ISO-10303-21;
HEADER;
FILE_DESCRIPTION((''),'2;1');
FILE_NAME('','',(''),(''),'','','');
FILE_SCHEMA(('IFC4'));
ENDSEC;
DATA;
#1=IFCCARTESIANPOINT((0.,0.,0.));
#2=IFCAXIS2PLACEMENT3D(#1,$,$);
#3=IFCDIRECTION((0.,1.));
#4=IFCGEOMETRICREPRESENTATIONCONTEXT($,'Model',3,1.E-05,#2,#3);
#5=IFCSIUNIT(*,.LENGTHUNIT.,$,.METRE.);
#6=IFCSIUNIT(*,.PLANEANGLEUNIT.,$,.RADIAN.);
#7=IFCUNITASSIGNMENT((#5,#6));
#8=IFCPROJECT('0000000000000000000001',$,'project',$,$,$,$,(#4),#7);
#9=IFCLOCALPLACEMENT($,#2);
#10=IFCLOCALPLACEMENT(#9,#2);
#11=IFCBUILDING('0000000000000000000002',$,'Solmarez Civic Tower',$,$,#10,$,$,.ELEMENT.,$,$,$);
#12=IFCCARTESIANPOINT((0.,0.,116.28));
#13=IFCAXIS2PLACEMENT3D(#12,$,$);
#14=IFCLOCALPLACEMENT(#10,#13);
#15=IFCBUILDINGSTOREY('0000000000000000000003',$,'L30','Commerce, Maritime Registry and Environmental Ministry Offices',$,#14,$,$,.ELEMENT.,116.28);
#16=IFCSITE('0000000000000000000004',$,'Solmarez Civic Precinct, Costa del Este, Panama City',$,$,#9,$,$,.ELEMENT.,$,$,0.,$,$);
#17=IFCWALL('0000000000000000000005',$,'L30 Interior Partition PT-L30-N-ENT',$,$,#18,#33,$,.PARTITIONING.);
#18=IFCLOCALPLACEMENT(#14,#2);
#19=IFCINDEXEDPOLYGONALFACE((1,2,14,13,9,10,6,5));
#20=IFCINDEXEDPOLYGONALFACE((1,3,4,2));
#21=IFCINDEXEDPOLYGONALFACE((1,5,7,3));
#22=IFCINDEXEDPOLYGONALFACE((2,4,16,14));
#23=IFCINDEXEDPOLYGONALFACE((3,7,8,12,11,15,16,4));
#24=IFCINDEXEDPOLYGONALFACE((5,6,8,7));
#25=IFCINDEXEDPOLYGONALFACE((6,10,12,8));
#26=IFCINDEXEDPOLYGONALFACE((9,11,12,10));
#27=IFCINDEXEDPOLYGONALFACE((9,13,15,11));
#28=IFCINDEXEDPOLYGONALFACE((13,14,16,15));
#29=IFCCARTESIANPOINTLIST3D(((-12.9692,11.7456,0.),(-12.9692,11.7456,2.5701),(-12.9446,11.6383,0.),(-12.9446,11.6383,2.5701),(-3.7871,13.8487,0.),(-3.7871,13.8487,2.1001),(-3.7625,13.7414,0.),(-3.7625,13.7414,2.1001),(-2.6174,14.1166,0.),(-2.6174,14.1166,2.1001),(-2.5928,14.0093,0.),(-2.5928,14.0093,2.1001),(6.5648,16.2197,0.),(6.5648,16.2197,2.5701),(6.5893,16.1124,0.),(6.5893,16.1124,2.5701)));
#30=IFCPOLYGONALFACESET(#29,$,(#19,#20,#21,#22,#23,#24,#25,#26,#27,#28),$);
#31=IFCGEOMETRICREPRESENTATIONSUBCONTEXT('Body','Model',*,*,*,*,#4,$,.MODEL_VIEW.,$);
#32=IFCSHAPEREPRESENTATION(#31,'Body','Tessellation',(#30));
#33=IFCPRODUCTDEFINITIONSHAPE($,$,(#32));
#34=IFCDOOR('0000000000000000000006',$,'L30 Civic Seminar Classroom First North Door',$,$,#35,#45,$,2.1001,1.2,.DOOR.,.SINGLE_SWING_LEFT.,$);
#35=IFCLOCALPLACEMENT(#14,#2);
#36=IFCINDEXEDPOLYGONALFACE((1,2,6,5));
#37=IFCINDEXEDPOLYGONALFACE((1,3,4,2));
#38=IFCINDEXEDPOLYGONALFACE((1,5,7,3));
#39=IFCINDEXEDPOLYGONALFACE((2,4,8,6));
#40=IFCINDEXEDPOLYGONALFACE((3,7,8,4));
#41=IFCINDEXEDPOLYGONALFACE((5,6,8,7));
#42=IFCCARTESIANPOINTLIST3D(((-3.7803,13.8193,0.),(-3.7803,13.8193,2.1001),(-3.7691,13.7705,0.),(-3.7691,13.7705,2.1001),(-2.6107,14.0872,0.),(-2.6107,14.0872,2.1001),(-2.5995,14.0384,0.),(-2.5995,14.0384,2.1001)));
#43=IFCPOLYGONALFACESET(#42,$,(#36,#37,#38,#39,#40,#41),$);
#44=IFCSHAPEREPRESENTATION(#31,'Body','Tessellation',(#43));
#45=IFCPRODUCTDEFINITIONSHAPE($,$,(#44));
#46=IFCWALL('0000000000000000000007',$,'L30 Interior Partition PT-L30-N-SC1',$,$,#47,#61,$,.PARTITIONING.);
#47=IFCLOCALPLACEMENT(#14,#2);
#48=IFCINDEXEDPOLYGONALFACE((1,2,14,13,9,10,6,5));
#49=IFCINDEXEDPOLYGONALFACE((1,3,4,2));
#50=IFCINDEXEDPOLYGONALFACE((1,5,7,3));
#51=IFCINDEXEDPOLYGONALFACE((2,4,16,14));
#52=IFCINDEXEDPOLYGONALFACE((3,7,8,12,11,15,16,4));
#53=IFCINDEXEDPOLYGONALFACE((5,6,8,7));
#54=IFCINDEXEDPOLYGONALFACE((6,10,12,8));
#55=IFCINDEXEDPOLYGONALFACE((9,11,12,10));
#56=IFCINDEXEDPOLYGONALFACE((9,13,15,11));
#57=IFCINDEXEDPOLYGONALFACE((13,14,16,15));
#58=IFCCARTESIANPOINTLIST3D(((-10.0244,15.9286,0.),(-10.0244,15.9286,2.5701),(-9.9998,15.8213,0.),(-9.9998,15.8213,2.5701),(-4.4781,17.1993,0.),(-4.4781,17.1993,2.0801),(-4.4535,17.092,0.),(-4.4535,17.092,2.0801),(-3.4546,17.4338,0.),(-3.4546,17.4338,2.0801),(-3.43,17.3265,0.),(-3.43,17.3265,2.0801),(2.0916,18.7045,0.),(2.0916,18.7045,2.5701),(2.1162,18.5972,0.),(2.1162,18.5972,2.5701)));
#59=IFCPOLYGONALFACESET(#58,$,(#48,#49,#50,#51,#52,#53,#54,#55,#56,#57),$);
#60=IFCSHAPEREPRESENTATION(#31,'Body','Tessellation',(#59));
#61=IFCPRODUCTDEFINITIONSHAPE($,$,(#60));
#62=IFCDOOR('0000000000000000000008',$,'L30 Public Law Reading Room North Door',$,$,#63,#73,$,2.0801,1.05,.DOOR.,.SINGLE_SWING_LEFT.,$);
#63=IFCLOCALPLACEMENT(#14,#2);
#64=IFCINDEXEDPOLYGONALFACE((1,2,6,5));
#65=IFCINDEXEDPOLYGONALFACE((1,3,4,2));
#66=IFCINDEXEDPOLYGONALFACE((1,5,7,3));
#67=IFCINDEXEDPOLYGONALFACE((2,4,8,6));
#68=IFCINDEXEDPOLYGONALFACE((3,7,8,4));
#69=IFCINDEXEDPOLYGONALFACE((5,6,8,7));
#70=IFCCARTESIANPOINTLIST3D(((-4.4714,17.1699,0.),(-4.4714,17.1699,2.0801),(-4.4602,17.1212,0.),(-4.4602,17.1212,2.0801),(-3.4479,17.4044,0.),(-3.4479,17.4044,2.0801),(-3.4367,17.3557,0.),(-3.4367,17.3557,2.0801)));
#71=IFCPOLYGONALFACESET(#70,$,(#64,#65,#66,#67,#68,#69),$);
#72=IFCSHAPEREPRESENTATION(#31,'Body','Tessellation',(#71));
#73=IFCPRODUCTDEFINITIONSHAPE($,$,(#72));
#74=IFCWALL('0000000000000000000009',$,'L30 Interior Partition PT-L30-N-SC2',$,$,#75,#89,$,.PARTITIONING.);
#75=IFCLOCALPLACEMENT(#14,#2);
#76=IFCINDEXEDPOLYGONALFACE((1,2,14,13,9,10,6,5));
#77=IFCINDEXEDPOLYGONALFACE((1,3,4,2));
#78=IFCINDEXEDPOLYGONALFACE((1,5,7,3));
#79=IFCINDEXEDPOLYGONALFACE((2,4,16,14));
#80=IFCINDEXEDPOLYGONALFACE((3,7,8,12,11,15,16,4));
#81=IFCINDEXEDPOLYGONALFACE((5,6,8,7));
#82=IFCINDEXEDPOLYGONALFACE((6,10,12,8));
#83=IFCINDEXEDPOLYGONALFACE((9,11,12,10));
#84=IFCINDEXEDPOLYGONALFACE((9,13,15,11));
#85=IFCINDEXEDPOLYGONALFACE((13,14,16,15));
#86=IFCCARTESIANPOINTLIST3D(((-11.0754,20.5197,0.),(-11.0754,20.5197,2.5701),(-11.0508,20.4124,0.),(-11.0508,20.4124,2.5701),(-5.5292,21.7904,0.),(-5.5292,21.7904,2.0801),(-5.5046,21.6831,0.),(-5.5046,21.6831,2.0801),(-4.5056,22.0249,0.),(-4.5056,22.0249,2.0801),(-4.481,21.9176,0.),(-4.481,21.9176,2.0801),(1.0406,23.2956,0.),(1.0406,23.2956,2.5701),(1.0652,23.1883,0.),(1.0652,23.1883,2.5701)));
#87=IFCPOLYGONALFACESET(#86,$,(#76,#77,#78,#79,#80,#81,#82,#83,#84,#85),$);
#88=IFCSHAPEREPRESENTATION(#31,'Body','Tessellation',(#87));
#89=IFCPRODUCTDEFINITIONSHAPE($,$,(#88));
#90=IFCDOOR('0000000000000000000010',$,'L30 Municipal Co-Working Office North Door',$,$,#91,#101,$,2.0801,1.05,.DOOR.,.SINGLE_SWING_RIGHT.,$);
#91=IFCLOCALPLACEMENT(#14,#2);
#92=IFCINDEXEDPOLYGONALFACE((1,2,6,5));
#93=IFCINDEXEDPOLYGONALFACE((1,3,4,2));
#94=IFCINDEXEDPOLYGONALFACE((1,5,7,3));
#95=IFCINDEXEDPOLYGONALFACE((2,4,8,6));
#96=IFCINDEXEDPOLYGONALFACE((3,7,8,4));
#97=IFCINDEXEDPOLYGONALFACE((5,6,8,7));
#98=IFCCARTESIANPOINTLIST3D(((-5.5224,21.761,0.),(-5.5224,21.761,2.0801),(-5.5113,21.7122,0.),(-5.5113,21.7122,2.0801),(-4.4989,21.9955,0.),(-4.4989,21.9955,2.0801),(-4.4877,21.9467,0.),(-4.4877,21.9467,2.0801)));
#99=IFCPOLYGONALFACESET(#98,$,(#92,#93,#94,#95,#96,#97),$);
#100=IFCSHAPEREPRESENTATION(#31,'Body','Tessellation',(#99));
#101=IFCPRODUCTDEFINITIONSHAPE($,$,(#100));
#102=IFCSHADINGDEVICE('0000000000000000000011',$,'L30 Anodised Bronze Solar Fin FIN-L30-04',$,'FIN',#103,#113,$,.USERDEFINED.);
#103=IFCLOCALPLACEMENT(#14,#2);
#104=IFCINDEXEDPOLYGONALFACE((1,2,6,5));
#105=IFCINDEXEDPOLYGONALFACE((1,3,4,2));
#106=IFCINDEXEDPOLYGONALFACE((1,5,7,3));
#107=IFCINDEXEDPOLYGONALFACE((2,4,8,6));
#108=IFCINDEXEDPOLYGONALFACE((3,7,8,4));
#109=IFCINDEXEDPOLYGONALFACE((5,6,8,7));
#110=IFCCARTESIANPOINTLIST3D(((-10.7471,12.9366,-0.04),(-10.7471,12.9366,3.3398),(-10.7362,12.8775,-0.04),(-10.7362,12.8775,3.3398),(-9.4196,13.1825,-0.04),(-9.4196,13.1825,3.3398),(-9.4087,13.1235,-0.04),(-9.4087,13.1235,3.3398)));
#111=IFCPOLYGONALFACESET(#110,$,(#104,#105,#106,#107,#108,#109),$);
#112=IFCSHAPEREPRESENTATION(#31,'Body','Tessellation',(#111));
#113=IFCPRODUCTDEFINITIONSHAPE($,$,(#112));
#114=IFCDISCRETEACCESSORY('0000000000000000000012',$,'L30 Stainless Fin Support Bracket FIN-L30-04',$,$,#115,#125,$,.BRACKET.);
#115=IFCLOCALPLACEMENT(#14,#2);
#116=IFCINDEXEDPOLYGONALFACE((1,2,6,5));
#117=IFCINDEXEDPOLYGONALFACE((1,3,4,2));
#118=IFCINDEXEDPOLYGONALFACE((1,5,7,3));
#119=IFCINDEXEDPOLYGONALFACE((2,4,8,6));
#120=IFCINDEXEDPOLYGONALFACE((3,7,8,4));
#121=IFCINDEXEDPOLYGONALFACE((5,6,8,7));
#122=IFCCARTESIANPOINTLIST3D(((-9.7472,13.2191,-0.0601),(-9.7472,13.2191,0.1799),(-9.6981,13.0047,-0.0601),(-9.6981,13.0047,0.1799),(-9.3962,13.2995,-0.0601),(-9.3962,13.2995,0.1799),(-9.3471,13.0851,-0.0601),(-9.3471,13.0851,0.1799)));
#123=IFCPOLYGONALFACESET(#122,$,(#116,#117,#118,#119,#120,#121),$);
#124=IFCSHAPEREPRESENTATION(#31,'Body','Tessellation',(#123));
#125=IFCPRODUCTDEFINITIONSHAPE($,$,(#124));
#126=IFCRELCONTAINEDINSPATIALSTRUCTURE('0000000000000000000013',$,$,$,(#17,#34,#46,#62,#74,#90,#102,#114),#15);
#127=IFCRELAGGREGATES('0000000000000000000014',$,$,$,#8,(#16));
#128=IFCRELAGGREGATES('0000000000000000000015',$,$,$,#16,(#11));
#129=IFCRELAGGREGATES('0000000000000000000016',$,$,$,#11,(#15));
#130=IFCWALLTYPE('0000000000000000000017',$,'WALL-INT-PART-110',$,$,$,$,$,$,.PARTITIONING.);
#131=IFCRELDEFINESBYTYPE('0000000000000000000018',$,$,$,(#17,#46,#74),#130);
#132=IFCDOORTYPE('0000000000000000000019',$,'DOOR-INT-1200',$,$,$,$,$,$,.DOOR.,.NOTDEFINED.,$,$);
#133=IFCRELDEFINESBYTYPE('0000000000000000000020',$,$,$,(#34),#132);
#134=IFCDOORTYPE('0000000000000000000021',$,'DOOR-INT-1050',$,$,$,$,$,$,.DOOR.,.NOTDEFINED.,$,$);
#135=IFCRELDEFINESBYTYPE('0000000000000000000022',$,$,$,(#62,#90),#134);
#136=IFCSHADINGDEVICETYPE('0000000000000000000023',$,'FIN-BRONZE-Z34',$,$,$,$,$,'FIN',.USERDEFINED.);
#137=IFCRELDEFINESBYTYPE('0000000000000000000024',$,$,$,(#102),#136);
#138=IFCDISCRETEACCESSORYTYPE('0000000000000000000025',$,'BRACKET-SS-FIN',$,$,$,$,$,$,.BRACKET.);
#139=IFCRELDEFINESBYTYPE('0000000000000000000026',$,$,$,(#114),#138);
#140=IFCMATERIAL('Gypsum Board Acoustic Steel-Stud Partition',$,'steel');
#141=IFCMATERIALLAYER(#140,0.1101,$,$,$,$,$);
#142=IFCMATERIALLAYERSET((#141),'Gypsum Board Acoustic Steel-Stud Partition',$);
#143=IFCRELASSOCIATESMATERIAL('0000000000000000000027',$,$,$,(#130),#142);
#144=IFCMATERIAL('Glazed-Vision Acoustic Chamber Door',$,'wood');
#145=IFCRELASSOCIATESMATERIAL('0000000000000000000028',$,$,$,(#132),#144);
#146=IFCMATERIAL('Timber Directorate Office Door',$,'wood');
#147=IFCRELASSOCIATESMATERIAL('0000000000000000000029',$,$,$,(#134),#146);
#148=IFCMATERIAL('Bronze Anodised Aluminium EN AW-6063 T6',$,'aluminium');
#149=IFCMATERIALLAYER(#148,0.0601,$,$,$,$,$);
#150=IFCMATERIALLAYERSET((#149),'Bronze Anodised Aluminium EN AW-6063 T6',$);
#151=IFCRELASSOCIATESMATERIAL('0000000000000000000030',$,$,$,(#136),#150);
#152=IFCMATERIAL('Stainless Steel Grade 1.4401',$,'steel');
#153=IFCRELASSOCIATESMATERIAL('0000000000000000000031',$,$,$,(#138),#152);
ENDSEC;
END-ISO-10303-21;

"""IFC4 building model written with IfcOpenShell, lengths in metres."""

from ifc_helpers import new_model, si_unit, direction, frame, frame_2d, origin, origin_2d, place, context, subcontext, project, spatial, rectangle, extrude, material, layer, layer_set, type_object, element, fill, save


model = new_model("IFC4")

# Units and contexts
model_context = context("Model", 3, precision=1e-05, world=origin(), true_north=direction((0.0, 1.0)))
body_context = subcontext(model_context, "Body", "Model", "MODEL_VIEW")
ifc_project = project(units=[si_unit("LENGTHUNIT", "METRE"), si_unit("PLANEANGLEUNIT", "RADIAN")], contexts=[model_context])

# Site, building, storey
site_placement = place(None, origin())
site = spatial("IfcSite", under=ifc_project, at=site_placement, Name="Solmarez Civic Precinct, Costa del Este, Panama City", CompositionType="ELEMENT", RefElevation=0.0)
building_placement = place(site_placement, origin())
building = spatial("IfcBuilding", under=site, at=building_placement, Name="Solmarez Civic Tower", CompositionType="ELEMENT")
storey_placement = place(building_placement, frame((0.0, 0.0, 116.28)))
storey = spatial("IfcBuildingStorey", under=building, at=storey_placement, Name="L30", Description="Commerce, Maritime Registry and Environmental Ministry Offices", CompositionType="ELEMENT", Elevation=116.28)

# Walls, openings, doors
ifc_material_1 = material(Name="Gypsum Board Acoustic Steel-Stud Partition", Category="steel")
ifc_layer_1 = layer(ifc_material_1, 0.1101)
ifc_layer_set_1 = layer_set([ifc_layer_1], Name="Gypsum Board Acoustic Steel-Stud Partition")
wall_type_1 = type_object("IfcWallType", Name="WALL-INT-PART-110", PredefinedType="PARTITIONING", material=ifc_layer_set_1)
wall_1_placement = place(storey_placement, frame((-12.957, 11.6919, 0.0), z_axis=(0.0, 0.0, 1.0), x_axis=(0.974758, 0.223262, 0.0)))
wall_1 = element("IfcWall", 1, at=wall_1_placement, inside=storey, type_object=wall_type_1, Name="L30 Interior Partition PT-L30-N-ENT", PredefinedType="PARTITIONING", context=body_context, shape_type="SweptSolid", body=[
    extrude(rectangle(XDim=20.0398, YDim=0.1101, at=frame_2d((10.02, 0.0))), origin(), (0.0, 0.0, 1.0), 2.5701),
])
opening_1_placement = place(wall_1_placement, frame((9.4199, 0.0, 0.0)))
opening_1 = element("IfcOpeningElement", 2, at=opening_1_placement, cuts=wall_1, PredefinedType="OPENING", context=body_context, shape_type="SweptSolid", body=[
    extrude(rectangle(XDim=1.2, YDim=2.1001, at=frame_2d((0.6001, 1.05))), frame((0.0, 0.0649, 0.0), z_axis=(0.0, -1.0, 0.0), x_axis=(1.0, 0.0, 0.0)), (0.0, 0.0, 1.0), 0.1301),
])
ifc_material_2 = material(Name="Glazed-Vision Acoustic Chamber Door", Category="wood")
door_type_1 = type_object("IfcDoorType", Name="DOOR-INT-1200", OperationType="NOTDEFINED", PredefinedType="DOOR", material=ifc_material_2)
door_1_placement = place(opening_1_placement, origin())
door_1 = element("IfcDoor", 3, at=door_1_placement, inside=storey, type_object=door_type_1, Name="L30 Civic Seminar Classroom First North Door", OperationType="SINGLE_SWING_LEFT", OverallHeight=2.1001, OverallWidth=1.2, PredefinedType="DOOR", context=body_context, shape_type="SweptSolid", body=[
    extrude(rectangle(XDim=1.2, YDim=2.1001, at=frame_2d((0.6001, 1.05))), frame((0.0, 0.0249, 0.0), z_axis=(0.0, -1.0, 0.0), x_axis=(1.0, 0.0, 0.0)), (0.0, 0.0, 1.0), 0.05),
])
fill(opening_1, door_1)
wall_2_placement = place(storey_placement, frame((-10.012, 15.875, 0.0), z_axis=(0.0, 0.0, 1.0), x_axis=(0.974745, 0.223323, 0.0)))
wall_2 = element("IfcWall", 4, at=wall_2_placement, inside=storey, type_object=wall_type_1, Name="L30 Interior Partition PT-L30-N-SC1", PredefinedType="PARTITIONING", context=body_context, shape_type="SweptSolid", body=[
    extrude(rectangle(XDim=12.4299, YDim=0.1101, at=frame_2d((6.2148, 0.0))), origin(), (0.0, 0.0, 1.0), 2.5701),
])
opening_2_placement = place(wall_2_placement, frame((5.6899, 0.0, 0.0)))
opening_2 = element("IfcOpeningElement", 5, at=opening_2_placement, cuts=wall_2, PredefinedType="OPENING", context=body_context, shape_type="SweptSolid", body=[
    extrude(rectangle(XDim=1.05, YDim=2.0801, at=frame_2d((0.5249, 1.04))), frame((0.0, 0.0649, 0.0), z_axis=(0.0, -1.0, 0.0), x_axis=(1.0, 0.0, 0.0)), (0.0, 0.0, 1.0), 0.1301),
])
ifc_material_3 = material(Name="Timber Directorate Office Door", Category="wood")
door_type_2 = type_object("IfcDoorType", Name="DOOR-INT-1050", OperationType="NOTDEFINED", PredefinedType="DOOR", material=ifc_material_3)
door_2_placement = place(opening_2_placement, origin())
door_2 = element("IfcDoor", 6, at=door_2_placement, inside=storey, type_object=door_type_2, Name="L30 Public Law Reading Room North Door", OperationType="SINGLE_SWING_LEFT", OverallHeight=2.0801, OverallWidth=1.05, PredefinedType="DOOR", context=body_context, shape_type="SweptSolid", body=[
    extrude(rectangle(XDim=1.05, YDim=2.0801, at=frame_2d((0.5249, 1.04))), frame((0.0, 0.0249, 0.0), z_axis=(0.0, -1.0, 0.0), x_axis=(1.0, 0.0, 0.0)), (0.0, 0.0, 1.0), 0.05),
])
fill(opening_2, door_2)
wall_3_placement = place(storey_placement, frame((-11.063, 20.4661, 0.0), z_axis=(0.0, 0.0, 1.0), x_axis=(0.974745, 0.223323, 0.0)))
wall_3 = element("IfcWall", 7, at=wall_3_placement, inside=storey, type_object=wall_type_1, Name="L30 Interior Partition PT-L30-N-SC2", PredefinedType="PARTITIONING", context=body_context, shape_type="SweptSolid", body=[
    extrude(rectangle(XDim=12.4299, YDim=0.1101, at=frame_2d((6.2148, 0.0))), origin(), (0.0, 0.0, 1.0), 2.5701),
])
opening_3_placement = place(wall_3_placement, frame((5.6899, 0.0, 0.0)))
opening_3 = element("IfcOpeningElement", 8, at=opening_3_placement, cuts=wall_3, PredefinedType="OPENING", context=body_context, shape_type="SweptSolid", body=[
    extrude(rectangle(XDim=1.05, YDim=2.0801, at=frame_2d((0.5249, 1.04))), frame((0.0, 0.0649, 0.0), z_axis=(0.0, -1.0, 0.0), x_axis=(1.0, 0.0, 0.0)), (0.0, 0.0, 1.0), 0.1301),
])
door_3_placement = place(opening_3_placement, origin())
door_3 = element("IfcDoor", 9, at=door_3_placement, inside=storey, type_object=door_type_2, Name="L30 Municipal Co-Working Office North Door", OperationType="SINGLE_SWING_RIGHT", OverallHeight=2.0801, OverallWidth=1.05, PredefinedType="DOOR", context=body_context, shape_type="SweptSolid", body=[
    extrude(rectangle(XDim=1.05, YDim=2.0801, at=frame_2d((0.5249, 1.04))), frame((0.0, 0.0249, 0.0), z_axis=(0.0, -1.0, 0.0), x_axis=(1.0, 0.0, 0.0)), (0.0, 0.0, 1.0), 0.05),
])
fill(opening_3, door_3)

# Shading device
ifc_material_4 = material(Name="Bronze Anodised Aluminium EN AW-6063 T6", Category="aluminium")
ifc_layer_2 = layer(ifc_material_4, 0.0601)
ifc_layer_set_2 = layer_set([ifc_layer_2], Name="Bronze Anodised Aluminium EN AW-6063 T6")
shading_device_type = type_object("IfcShadingDeviceType", Name="FIN-BRONZE-Z34", ElementType="FIN", PredefinedType="USERDEFINED", material=ifc_layer_set_2)
shading_device_placement = place(storey_placement, frame((-10.0779, 13.03, -0.04), z_axis=(0.0, 0.0, 1.0), x_axis=(-0.983271, -0.18215, 0.0)))
element("IfcShadingDevice", 10, at=shading_device_placement, inside=storey, type_object=shading_device_type, Name="L30 Anodised Bronze Solar Fin FIN-L30-04", ObjectType="FIN", PredefinedType="USERDEFINED", context=body_context, shape_type="SweptSolid", body=[
    extrude(rectangle(XDim=1.3501, YDim=0.0601, at=origin_2d()), origin(), (0.0, 0.0, 1.0), 3.3799),
])

# Discrete accessory
ifc_material_5 = material(Name="Stainless Steel Grade 1.4401", Category="steel")
discrete_accessory_type = type_object("IfcDiscreteAccessoryType", Name="BRACKET-SS-FIN", PredefinedType="BRACKET", material=ifc_material_5)
discrete_accessory_placement = place(storey_placement, frame((-9.5471, 13.1521, -0.0601), z_axis=(0.0, 0.0, 1.0), x_axis=(-0.974763, -0.223242, 0.0)))
element("IfcDiscreteAccessory", 11, at=discrete_accessory_placement, inside=storey, type_object=discrete_accessory_type, Name="L30 Stainless Fin Support Bracket FIN-L30-04", PredefinedType="BRACKET", context=body_context, shape_type="SweptSolid", body=[
    extrude(rectangle(XDim=0.3601, YDim=0.22, at=origin_2d()), origin(), (0.0, 0.0, 1.0), 0.24),
])

save(model, "model.ifc")
